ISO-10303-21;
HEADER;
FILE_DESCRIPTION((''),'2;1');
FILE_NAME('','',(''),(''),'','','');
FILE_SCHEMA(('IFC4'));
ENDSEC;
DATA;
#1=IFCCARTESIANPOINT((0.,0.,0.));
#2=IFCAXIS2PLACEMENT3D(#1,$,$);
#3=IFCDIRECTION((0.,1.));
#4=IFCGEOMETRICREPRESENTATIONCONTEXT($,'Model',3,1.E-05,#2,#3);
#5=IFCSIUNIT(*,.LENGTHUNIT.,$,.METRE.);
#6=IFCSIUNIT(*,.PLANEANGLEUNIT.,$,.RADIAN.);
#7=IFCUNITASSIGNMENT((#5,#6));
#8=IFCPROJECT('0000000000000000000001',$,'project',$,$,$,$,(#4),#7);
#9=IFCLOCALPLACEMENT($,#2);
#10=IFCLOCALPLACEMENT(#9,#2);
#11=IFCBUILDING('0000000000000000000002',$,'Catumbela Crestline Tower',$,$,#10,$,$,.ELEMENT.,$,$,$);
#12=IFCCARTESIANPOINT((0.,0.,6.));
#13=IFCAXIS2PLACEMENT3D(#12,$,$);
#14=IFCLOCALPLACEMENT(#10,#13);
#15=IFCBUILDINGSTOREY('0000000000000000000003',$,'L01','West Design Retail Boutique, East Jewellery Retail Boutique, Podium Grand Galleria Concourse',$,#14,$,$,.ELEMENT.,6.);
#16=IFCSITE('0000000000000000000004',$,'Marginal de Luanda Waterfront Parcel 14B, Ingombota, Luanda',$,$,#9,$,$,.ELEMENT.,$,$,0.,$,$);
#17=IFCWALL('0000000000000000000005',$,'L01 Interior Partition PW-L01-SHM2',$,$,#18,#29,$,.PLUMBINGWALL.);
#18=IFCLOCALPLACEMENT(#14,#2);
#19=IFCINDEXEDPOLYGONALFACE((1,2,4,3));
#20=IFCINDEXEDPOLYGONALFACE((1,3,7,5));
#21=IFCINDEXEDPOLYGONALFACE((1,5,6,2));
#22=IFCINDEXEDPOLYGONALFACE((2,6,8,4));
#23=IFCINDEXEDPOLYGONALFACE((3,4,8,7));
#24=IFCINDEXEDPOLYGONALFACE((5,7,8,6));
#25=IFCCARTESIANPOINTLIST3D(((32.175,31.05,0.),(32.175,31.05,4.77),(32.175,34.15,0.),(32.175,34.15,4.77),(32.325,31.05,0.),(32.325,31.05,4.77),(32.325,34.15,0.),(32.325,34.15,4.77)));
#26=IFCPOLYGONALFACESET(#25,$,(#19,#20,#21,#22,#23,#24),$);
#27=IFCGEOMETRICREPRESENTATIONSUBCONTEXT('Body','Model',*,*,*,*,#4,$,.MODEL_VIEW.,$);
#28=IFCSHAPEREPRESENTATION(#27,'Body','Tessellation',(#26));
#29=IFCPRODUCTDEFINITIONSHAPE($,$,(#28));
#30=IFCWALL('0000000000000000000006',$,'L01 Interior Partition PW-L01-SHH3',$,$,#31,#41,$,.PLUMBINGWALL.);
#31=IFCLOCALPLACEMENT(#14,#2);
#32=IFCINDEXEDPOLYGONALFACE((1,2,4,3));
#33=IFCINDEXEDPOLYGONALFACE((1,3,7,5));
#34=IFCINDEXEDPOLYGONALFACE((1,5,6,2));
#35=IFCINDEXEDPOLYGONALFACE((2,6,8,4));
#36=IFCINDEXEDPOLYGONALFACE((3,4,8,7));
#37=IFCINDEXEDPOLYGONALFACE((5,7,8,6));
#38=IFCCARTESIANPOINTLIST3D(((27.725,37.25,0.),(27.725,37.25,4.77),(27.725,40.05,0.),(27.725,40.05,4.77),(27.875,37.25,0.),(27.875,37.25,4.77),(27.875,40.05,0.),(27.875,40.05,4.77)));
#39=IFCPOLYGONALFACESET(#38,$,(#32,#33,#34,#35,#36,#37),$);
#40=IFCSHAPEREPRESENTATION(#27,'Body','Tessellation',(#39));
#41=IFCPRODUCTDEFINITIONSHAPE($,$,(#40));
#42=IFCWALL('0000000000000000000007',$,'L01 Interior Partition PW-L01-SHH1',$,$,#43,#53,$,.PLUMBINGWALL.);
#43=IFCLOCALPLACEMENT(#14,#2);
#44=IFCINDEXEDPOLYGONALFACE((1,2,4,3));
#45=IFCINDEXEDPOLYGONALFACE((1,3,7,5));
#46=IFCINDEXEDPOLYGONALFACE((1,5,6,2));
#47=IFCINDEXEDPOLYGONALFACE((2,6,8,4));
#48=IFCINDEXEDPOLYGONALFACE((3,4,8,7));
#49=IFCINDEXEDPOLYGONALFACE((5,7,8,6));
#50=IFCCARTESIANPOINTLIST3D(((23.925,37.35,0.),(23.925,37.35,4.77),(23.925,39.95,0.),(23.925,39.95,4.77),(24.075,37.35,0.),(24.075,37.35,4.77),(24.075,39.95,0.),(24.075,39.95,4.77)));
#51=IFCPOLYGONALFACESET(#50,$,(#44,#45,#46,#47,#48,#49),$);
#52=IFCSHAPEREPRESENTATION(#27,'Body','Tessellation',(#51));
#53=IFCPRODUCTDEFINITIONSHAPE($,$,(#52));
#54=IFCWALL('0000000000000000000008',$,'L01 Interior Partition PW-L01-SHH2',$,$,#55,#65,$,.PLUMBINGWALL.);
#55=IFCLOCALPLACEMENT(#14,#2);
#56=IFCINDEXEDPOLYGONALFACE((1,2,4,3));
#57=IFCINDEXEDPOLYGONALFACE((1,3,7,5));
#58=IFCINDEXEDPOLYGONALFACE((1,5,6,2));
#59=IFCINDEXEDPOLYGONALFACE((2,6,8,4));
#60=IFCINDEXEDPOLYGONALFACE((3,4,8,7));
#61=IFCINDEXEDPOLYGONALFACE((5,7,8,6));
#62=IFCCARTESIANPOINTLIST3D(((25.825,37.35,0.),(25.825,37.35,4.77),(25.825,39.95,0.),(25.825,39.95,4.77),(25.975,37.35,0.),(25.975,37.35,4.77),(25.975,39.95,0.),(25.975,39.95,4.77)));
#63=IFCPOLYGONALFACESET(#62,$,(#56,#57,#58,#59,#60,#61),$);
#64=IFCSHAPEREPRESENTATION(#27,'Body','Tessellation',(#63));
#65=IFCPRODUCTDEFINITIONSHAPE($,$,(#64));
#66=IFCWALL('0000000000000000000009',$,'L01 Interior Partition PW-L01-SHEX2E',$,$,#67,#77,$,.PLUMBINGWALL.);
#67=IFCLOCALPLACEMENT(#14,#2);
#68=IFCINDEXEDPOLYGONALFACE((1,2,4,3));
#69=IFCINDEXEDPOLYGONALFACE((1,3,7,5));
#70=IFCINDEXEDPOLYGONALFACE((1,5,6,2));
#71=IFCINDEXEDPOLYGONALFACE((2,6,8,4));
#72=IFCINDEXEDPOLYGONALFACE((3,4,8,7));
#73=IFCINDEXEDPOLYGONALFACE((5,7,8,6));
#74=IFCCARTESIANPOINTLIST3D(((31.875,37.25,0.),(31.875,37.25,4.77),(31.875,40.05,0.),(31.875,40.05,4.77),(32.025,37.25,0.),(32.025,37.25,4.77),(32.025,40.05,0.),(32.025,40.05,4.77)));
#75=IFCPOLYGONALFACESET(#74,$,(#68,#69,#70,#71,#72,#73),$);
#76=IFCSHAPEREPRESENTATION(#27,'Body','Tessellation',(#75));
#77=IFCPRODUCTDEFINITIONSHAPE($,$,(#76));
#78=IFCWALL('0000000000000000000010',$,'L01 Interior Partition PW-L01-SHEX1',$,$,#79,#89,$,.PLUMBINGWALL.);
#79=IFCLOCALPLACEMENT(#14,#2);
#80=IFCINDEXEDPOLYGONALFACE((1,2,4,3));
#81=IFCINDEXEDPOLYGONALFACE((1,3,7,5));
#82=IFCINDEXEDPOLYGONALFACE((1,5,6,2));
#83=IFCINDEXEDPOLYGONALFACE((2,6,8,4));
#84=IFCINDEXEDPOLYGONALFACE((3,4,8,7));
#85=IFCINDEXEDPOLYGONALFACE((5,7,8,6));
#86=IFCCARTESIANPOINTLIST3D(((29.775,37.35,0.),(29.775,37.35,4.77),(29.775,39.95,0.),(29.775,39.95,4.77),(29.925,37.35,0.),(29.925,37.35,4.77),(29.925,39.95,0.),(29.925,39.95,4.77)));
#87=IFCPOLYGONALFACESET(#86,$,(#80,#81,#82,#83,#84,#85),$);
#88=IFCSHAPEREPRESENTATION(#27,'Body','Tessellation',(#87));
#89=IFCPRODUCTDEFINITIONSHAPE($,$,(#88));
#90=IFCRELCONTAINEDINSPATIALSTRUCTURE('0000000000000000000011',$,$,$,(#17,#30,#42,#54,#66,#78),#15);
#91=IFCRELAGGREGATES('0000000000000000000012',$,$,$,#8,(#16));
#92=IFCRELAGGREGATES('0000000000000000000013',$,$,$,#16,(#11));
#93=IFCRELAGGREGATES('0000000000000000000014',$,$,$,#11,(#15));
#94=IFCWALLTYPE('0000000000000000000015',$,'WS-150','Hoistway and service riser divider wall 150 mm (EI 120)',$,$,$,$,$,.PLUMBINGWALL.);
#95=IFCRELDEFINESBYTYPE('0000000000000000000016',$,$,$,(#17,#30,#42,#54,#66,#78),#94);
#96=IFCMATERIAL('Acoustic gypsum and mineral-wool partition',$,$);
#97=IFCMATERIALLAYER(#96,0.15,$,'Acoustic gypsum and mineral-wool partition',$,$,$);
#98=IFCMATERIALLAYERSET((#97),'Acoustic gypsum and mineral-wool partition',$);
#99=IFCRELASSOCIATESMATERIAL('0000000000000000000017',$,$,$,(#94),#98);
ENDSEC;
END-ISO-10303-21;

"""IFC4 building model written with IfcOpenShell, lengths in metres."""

from ifc_helpers import new_model, si_unit, direction, frame, frame_2d, origin, place, context, subcontext, project, spatial, rectangle, extrude, material, layer, layer_set, type_object, element, save


model = new_model("IFC4")

# Units and contexts
model_context = context("Model", 3, precision=1e-05, world=origin(), true_north=direction((0.0, 1.0)))
body_context = subcontext(model_context, "Body", "Model", "MODEL_VIEW")
ifc_project = project(units=[si_unit("LENGTHUNIT", "METRE"), si_unit("PLANEANGLEUNIT", "RADIAN")], contexts=[model_context])

# Site, building, storey
site_placement = place(None, origin())
site = spatial("IfcSite", under=ifc_project, at=site_placement, Name="Marginal de Luanda Waterfront Parcel 14B, Ingombota, Luanda", CompositionType="ELEMENT", RefElevation=0.0)
building_placement = place(site_placement, origin())
building = spatial("IfcBuilding", under=site, at=building_placement, Name="Catumbela Crestline Tower", CompositionType="ELEMENT")
storey_placement = place(building_placement, frame((0.0, 0.0, 6.0)))
storey = spatial("IfcBuildingStorey", under=building, at=storey_placement, Name="L01", Description="West Design Retail Boutique, East Jewellery Retail Boutique, Podium Grand Galleria Concourse", CompositionType="ELEMENT", Elevation=6.0)

# Shared definitions
ifc_material_1 = material(Name="Acoustic gypsum and mineral-wool partition")

# Walls
ifc_layer_1 = layer(ifc_material_1, 0.15, Name="Acoustic gypsum and mineral-wool partition")
ifc_layer_set_1 = layer_set([ifc_layer_1], Name="Acoustic gypsum and mineral-wool partition")
wall_type_1 = type_object("IfcWallType", Name="WS-150", Description="Hoistway and service riser divider wall 150 mm (EI 120)", PredefinedType="PLUMBINGWALL", material=ifc_layer_set_1)
for number, where, z_axis, x_axis, name in (
    (1, (32.25, 31.05, 0.0), (0.0, 0.0, 1.0), (0.0, 1.0, 0.0), "L01 Interior Partition PW-L01-SHM2"),
):
    element("IfcWall", number, at=place(storey_placement, frame(where, z_axis=z_axis, x_axis=x_axis)), inside=storey, type_object=wall_type_1, Name=name, PredefinedType="PLUMBINGWALL", context=body_context, shape_type="SweptSolid", body=[
        extrude(rectangle(XDim=3.1, YDim=0.15, at=frame_2d((1.55, 0.0))), origin(), (0.0, 0.0, 1.0), 4.77),
    ])
wall_1_placement = place(storey_placement, frame((27.8, 37.25, 0.0), z_axis=(0.0, 0.0, 1.0), x_axis=(0.0, 1.0, 0.0)))
element("IfcWall", 2, at=wall_1_placement, inside=storey, type_object=wall_type_1, Name="L01 Interior Partition PW-L01-SHH3", PredefinedType="PLUMBINGWALL", context=body_context, shape_type="SweptSolid", body=[
    extrude(rectangle(XDim=2.8, YDim=0.15, at=frame_2d((1.4, 0.0))), origin(), (0.0, 0.0, 1.0), 4.77),
])
for number, where, z_axis, x_axis, name in (
    (3, (24.0, 37.35, 0.0), (0.0, 0.0, 1.0), (0.0, 1.0, 0.0), "L01 Interior Partition PW-L01-SHH1"),
    (4, (25.9, 37.35, 0.0), (0.0, 0.0, 1.0), (0.0, 1.0, 0.0), "L01 Interior Partition PW-L01-SHH2"),
):
    element("IfcWall", number, at=place(storey_placement, frame(where, z_axis=z_axis, x_axis=x_axis)), inside=storey, type_object=wall_type_1, Name=name, PredefinedType="PLUMBINGWALL", context=body_context, shape_type="SweptSolid", body=[
        extrude(rectangle(XDim=2.6, YDim=0.15, at=frame_2d((1.3, 0.0))), origin(), (0.0, 0.0, 1.0), 4.77),
    ])
wall_2_placement = place(storey_placement, frame((31.95, 37.25, 0.0), z_axis=(0.0, 0.0, 1.0), x_axis=(0.0, 1.0, 0.0)))
element("IfcWall", 5, at=wall_2_placement, inside=storey, type_object=wall_type_1, Name="L01 Interior Partition PW-L01-SHEX2E", PredefinedType="PLUMBINGWALL", context=body_context, shape_type="SweptSolid", body=[
    extrude(rectangle(XDim=2.8, YDim=0.15, at=frame_2d((1.4, 0.0))), origin(), (0.0, 0.0, 1.0), 4.77),
])
wall_3_placement = place(storey_placement, frame((29.85, 37.35, 0.0), z_axis=(0.0, 0.0, 1.0), x_axis=(0.0, 1.0, 0.0)))
element("IfcWall", 6, at=wall_3_placement, inside=storey, type_object=wall_type_1, Name="L01 Interior Partition PW-L01-SHEX1", PredefinedType="PLUMBINGWALL", context=body_context, shape_type="SweptSolid", body=[
    extrude(rectangle(XDim=2.6, YDim=0.15, at=frame_2d((1.3, 0.0))), origin(), (0.0, 0.0, 1.0), 4.77),
])

save(model, "model.ifc")
